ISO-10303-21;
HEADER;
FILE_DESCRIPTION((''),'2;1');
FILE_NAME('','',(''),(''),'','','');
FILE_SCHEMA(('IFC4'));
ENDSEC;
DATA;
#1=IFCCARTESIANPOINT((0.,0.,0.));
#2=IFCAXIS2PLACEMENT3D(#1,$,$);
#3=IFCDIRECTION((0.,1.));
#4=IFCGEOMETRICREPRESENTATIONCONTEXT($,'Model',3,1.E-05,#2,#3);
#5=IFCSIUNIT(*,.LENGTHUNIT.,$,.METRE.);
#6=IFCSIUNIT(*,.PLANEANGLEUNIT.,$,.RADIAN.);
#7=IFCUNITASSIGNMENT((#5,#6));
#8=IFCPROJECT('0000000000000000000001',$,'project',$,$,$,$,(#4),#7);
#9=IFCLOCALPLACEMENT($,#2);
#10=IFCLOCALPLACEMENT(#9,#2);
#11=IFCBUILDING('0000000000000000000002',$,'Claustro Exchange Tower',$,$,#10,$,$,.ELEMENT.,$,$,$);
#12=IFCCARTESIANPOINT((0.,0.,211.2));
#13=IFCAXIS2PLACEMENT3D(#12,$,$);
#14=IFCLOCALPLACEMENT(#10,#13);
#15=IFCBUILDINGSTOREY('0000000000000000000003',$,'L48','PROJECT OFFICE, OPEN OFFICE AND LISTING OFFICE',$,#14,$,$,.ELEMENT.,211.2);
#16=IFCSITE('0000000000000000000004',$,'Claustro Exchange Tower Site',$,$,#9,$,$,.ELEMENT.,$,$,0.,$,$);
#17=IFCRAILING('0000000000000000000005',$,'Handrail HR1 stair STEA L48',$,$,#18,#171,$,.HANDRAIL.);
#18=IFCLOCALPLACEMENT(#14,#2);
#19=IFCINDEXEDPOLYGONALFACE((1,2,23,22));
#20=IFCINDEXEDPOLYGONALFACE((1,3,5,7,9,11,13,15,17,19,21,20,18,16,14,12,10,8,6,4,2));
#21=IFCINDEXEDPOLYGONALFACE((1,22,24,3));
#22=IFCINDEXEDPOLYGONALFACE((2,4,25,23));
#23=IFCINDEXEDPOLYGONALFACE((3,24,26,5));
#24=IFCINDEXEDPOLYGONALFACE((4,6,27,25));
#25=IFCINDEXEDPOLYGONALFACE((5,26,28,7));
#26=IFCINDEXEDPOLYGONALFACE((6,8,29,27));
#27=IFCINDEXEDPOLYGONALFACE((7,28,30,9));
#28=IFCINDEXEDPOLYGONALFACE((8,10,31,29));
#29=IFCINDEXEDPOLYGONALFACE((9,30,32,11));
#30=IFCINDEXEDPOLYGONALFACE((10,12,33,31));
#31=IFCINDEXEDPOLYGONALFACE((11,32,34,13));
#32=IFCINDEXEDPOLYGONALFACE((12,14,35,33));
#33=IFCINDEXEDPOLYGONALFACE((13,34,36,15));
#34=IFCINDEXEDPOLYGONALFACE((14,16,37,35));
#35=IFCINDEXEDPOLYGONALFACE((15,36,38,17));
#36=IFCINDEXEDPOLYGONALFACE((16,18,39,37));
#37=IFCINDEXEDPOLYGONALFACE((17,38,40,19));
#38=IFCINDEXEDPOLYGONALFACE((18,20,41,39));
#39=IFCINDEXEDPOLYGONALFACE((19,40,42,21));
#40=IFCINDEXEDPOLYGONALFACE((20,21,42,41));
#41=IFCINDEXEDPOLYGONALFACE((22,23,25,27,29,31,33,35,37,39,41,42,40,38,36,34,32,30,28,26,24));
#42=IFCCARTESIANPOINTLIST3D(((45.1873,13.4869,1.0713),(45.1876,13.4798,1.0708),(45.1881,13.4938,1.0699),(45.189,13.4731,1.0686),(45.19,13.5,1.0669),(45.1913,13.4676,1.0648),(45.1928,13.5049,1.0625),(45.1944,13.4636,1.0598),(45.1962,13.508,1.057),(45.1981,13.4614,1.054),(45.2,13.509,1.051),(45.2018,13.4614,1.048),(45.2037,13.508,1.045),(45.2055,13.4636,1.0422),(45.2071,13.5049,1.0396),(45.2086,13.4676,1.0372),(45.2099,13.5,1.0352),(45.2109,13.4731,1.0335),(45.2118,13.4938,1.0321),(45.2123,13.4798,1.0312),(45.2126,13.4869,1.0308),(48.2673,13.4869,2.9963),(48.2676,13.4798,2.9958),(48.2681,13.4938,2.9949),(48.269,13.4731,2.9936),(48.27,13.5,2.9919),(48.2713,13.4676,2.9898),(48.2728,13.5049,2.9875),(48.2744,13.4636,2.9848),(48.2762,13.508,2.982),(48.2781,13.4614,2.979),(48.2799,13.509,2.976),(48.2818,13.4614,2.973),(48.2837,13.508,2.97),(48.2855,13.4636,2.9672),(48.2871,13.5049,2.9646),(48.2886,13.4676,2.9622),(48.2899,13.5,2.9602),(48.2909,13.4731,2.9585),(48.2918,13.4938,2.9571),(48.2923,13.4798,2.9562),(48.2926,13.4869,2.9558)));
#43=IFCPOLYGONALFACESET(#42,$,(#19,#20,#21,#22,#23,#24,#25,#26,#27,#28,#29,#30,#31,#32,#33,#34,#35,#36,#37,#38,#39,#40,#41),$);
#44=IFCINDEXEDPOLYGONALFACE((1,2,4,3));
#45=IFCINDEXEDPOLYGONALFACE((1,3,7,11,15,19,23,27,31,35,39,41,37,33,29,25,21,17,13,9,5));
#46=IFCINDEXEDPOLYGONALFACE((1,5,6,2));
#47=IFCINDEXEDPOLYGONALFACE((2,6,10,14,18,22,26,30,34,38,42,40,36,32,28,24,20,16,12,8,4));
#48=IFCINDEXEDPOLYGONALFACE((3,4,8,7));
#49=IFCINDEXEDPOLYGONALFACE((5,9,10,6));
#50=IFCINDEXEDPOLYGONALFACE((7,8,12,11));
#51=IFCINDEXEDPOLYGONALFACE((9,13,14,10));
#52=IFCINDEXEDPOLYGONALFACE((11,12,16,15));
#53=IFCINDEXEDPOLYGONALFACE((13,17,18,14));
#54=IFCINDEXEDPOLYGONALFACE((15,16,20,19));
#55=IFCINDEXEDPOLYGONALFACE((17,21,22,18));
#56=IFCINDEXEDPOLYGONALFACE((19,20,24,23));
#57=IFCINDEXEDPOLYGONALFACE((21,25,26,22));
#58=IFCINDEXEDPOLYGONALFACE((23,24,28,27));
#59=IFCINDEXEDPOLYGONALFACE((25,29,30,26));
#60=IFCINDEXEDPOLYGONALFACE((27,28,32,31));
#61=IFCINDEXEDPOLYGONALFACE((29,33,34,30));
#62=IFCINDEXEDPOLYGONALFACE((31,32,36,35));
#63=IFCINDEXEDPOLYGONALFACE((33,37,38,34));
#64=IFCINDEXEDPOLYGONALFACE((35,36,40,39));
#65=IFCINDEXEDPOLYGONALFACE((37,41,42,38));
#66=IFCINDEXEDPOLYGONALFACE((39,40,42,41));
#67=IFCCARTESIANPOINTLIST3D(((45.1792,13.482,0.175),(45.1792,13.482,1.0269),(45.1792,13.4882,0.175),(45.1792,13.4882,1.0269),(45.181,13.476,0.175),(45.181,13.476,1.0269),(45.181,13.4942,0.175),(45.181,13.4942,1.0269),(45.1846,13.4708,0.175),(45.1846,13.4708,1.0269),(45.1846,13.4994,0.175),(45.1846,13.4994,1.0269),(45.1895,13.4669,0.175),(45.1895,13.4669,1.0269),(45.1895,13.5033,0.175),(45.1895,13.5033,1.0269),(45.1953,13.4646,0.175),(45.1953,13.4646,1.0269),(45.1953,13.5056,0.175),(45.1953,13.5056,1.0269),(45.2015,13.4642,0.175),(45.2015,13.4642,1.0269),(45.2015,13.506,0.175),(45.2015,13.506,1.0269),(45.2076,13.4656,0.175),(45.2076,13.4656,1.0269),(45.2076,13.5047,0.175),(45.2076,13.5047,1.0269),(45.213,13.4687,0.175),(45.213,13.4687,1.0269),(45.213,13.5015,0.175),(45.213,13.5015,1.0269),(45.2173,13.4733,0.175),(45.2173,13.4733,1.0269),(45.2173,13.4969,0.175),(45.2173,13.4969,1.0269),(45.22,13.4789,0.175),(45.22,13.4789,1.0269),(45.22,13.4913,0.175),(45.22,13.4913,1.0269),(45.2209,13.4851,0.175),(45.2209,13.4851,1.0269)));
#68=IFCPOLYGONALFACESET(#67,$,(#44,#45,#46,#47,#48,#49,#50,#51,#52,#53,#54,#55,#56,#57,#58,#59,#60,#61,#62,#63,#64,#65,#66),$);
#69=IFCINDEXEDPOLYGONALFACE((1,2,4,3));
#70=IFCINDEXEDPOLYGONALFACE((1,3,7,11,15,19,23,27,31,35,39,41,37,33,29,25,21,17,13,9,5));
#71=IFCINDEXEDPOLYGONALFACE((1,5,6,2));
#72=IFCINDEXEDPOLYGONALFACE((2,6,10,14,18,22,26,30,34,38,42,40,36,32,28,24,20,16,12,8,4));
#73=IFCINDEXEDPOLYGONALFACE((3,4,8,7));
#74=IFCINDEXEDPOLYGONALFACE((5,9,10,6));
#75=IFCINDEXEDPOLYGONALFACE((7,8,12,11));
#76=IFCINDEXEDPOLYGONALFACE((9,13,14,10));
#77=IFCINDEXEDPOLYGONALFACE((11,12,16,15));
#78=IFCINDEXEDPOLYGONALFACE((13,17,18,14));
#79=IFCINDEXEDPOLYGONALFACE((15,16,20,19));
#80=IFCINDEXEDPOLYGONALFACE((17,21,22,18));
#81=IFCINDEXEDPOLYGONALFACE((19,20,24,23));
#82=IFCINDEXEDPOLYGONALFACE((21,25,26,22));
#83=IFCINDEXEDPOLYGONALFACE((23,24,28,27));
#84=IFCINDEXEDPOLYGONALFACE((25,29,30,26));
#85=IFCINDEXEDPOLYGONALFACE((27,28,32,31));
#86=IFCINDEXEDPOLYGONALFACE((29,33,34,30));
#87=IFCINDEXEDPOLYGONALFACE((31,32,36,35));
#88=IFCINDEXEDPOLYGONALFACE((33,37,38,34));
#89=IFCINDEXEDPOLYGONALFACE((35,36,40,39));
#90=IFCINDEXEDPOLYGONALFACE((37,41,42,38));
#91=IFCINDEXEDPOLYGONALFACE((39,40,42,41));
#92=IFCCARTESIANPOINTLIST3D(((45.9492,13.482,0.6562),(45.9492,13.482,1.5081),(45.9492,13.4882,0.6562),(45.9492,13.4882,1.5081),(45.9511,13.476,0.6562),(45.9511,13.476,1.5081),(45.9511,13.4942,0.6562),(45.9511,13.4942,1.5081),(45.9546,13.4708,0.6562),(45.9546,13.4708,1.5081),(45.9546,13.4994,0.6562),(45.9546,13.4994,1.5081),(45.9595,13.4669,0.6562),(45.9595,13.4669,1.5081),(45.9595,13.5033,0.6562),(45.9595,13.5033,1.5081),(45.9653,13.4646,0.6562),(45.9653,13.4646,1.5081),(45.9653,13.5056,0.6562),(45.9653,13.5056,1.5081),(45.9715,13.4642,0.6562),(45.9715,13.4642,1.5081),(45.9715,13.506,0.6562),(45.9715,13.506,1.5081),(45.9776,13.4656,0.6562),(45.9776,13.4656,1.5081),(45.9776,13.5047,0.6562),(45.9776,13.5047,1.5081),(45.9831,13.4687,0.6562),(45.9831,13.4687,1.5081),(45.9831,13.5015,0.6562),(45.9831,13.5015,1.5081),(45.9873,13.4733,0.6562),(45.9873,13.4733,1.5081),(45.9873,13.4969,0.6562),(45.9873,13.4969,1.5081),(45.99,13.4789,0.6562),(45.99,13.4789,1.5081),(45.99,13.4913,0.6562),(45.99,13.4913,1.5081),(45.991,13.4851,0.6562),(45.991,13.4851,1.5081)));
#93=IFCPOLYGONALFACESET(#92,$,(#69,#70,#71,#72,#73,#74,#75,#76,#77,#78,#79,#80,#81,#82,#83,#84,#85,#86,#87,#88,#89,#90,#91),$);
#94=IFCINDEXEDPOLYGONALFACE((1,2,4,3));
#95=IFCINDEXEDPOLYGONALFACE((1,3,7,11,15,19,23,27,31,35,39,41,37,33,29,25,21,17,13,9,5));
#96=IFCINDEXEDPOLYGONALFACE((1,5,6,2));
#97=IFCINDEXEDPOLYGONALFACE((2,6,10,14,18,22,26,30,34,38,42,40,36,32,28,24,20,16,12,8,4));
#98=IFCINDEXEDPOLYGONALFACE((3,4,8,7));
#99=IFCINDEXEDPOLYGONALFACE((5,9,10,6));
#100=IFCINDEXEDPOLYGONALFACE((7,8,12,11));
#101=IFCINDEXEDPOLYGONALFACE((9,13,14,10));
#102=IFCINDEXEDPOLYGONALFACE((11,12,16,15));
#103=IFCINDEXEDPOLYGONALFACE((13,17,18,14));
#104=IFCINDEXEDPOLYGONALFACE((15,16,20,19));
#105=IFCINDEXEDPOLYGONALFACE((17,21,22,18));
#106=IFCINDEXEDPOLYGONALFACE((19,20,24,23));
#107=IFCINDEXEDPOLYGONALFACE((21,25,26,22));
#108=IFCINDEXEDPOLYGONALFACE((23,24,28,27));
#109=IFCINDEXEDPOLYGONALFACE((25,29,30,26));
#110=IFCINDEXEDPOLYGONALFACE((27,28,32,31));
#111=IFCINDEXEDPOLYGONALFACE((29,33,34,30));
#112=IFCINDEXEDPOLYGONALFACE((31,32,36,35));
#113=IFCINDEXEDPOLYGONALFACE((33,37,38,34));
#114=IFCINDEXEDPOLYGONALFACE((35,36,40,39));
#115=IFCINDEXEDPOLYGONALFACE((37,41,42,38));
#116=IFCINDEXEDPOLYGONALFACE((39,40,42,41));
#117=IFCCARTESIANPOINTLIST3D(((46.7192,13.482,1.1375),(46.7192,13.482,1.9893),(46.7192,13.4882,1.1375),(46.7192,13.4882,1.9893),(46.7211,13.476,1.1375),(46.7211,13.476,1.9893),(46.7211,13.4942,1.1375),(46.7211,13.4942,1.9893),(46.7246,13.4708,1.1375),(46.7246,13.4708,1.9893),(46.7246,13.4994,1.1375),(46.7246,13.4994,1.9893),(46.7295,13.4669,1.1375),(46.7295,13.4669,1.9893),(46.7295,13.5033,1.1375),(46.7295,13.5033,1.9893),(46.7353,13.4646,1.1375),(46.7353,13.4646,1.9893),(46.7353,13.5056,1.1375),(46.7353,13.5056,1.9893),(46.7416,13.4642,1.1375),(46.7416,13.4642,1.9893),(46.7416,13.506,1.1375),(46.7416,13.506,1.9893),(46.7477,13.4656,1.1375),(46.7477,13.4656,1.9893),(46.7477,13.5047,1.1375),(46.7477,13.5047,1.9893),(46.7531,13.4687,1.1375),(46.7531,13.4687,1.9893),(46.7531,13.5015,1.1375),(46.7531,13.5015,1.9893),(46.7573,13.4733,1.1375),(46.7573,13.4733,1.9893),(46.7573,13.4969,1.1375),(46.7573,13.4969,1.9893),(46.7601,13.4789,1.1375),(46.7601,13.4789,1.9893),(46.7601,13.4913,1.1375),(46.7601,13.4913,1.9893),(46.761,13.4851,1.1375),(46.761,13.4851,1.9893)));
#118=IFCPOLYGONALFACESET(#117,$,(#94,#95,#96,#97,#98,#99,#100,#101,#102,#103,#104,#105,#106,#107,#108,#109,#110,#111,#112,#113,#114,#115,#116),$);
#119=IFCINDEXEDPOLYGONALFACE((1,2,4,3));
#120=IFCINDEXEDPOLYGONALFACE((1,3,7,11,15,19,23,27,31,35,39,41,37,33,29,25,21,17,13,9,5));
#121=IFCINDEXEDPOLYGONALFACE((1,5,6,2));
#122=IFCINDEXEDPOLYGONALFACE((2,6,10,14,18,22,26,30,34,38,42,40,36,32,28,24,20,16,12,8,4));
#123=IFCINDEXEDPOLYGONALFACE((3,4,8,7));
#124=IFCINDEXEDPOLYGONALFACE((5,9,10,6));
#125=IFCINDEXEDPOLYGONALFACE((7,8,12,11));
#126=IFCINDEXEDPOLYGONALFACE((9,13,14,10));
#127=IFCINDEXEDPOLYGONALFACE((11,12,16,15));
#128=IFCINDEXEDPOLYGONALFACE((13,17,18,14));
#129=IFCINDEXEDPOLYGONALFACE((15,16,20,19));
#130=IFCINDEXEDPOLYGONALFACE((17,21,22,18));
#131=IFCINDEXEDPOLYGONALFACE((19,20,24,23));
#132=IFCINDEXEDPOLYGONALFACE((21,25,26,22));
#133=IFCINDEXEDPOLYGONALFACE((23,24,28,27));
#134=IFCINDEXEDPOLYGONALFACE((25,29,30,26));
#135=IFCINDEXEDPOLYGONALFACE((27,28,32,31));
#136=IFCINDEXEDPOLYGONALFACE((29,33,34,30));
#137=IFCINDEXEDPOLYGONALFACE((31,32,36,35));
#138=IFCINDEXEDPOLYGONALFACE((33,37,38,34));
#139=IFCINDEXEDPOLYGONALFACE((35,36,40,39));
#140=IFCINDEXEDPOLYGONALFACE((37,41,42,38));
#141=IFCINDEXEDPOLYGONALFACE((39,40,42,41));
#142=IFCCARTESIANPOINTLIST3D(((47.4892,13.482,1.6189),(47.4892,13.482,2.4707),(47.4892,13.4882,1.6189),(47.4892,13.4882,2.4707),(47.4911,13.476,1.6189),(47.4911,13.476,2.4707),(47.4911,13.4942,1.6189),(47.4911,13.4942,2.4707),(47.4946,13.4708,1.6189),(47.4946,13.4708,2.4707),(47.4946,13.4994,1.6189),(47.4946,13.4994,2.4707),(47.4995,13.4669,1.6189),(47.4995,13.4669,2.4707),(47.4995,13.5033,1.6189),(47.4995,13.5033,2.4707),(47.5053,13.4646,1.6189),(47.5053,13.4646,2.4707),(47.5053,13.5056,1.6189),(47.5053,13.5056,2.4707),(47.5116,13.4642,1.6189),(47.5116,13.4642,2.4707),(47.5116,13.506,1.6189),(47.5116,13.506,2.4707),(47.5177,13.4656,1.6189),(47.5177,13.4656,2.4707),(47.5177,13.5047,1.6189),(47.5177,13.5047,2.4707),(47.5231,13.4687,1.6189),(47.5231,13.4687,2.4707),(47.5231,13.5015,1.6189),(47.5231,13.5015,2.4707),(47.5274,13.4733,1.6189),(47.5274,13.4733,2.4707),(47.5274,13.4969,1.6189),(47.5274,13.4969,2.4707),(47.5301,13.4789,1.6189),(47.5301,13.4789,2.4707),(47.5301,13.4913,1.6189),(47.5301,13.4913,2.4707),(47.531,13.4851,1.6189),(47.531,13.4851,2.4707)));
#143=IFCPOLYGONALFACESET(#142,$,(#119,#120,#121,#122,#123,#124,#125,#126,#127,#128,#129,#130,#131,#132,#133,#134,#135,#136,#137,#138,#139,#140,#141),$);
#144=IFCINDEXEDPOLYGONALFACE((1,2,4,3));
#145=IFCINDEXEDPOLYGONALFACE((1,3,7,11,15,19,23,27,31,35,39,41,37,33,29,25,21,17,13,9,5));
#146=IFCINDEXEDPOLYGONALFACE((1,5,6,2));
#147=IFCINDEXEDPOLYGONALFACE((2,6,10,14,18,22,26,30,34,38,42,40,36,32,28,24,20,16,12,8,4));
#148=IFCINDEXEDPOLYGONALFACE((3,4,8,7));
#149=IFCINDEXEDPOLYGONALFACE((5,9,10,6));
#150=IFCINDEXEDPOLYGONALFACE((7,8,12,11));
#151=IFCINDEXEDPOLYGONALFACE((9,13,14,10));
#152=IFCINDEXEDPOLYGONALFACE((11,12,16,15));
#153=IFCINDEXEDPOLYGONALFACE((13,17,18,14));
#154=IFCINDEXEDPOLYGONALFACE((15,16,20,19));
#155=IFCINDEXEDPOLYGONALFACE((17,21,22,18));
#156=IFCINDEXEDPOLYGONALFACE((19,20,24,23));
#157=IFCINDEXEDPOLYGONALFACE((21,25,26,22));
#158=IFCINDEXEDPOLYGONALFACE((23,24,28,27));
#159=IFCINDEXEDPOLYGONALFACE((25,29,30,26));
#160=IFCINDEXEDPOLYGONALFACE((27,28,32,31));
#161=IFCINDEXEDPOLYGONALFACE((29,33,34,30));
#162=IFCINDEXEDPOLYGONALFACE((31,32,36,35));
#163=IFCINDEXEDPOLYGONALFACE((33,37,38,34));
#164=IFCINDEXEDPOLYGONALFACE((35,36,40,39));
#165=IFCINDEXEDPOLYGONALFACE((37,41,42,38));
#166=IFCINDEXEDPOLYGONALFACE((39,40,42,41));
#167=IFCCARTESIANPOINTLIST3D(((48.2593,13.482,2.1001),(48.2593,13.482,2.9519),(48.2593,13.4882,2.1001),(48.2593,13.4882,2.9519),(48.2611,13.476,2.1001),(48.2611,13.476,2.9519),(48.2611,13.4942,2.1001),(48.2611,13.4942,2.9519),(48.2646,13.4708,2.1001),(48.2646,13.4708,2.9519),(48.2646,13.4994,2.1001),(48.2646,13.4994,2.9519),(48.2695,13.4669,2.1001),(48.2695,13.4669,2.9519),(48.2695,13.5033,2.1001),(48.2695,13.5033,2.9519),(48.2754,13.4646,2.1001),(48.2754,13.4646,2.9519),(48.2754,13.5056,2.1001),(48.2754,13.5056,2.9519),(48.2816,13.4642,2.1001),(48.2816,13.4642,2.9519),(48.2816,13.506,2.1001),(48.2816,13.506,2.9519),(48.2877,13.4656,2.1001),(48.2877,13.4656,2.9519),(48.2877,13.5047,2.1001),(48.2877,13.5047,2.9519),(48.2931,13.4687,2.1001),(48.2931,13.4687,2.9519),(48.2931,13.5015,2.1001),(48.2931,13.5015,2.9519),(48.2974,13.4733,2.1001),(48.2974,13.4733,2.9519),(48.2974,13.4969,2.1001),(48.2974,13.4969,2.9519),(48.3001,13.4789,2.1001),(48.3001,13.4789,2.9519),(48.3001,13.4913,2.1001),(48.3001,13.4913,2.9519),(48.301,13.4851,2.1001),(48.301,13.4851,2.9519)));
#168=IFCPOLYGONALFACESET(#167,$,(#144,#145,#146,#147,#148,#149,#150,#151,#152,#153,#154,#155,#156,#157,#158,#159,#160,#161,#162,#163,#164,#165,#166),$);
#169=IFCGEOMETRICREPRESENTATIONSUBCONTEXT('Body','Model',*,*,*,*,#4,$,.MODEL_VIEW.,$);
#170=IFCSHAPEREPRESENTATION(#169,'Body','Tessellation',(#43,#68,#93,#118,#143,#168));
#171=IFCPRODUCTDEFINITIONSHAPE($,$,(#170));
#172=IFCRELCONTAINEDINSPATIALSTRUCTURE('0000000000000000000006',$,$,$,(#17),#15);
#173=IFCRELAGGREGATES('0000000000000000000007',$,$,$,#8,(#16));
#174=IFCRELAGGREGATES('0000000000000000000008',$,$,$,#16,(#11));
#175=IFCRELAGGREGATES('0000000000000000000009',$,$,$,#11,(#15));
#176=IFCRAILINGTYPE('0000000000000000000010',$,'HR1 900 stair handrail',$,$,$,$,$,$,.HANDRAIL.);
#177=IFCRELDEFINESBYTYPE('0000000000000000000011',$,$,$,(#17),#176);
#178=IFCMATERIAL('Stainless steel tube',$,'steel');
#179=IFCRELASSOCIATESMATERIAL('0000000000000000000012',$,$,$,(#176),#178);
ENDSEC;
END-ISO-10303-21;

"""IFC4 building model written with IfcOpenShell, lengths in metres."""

from ifc_helpers import new_model, si_unit, direction, frame, origin, origin_2d, place, context, subcontext, project, spatial, circle, extrude, material, type_object, element, save


model = new_model("IFC4")

# Units and contexts
model_context = context("Model", 3, precision=1e-05, world=origin(), true_north=direction((0.0, 1.0)))
body_context = subcontext(model_context, "Body", "Model", "MODEL_VIEW")
ifc_project = project(units=[si_unit("LENGTHUNIT", "METRE"), si_unit("PLANEANGLEUNIT", "RADIAN")], contexts=[model_context])

# Site, building, storey
site_placement = place(None, origin())
site = spatial("IfcSite", under=ifc_project, at=site_placement, Name="Claustro Exchange Tower Site", CompositionType="ELEMENT", RefElevation=0.0)
building_placement = place(site_placement, origin())
building = spatial("IfcBuilding", under=site, at=building_placement, Name="Claustro Exchange Tower", CompositionType="ELEMENT")
storey_placement = place(building_placement, frame((0.0, 0.0, 211.2)))
storey = spatial("IfcBuildingStorey", under=building, at=storey_placement, Name="L48", Description="PROJECT OFFICE, OPEN OFFICE AND LISTING OFFICE", CompositionType="ELEMENT", Elevation=211.2)

# Railing
ifc_material_1 = material(Name="Stainless steel tube", Category="steel")
railing_type_1 = type_object("IfcRailingType", Name="HR1 900 stair handrail", PredefinedType="HANDRAIL", material=ifc_material_1)
railing_1_placement = place(storey_placement, frame((45.2, 13.4851, 0.175)))
element("IfcRailing", 1, at=railing_1_placement, inside=storey, type_object=railing_type_1, Name="Handrail HR1 stair STEA L48", PredefinedType="HANDRAIL", context=body_context, shape_type="SweptSolid", body=[
    extrude(circle(Radius=0.0239, at=origin_2d()), frame((0.0, 0.0, 0.876), z_axis=(0.847998, 0.0, 0.529999), x_axis=(0.0, 1.0, 0.0)), (0.0, 0.0, 1.0), 3.6321),
    extrude(circle(Radius=0.021, at=origin_2d()), origin(), (0.0, 0.0, 1.0), 0.8518),
    extrude(circle(Radius=0.021, at=origin_2d()), frame((0.77, 0.0, 0.4812)), (0.0, 0.0, 1.0), 0.8518),
    extrude(circle(Radius=0.021, at=origin_2d()), frame((1.54, 0.0, 0.9624)), (0.0, 0.0, 1.0), 0.8518),
    extrude(circle(Radius=0.021, at=origin_2d()), frame((2.3101, 0.0, 1.4438)), (0.0, 0.0, 1.0), 0.8518),
    extrude(circle(Radius=0.021, at=origin_2d()), frame((3.0801, 0.0, 1.925)), (0.0, 0.0, 1.0), 0.8518),
])

save(model, "model.ifc")
